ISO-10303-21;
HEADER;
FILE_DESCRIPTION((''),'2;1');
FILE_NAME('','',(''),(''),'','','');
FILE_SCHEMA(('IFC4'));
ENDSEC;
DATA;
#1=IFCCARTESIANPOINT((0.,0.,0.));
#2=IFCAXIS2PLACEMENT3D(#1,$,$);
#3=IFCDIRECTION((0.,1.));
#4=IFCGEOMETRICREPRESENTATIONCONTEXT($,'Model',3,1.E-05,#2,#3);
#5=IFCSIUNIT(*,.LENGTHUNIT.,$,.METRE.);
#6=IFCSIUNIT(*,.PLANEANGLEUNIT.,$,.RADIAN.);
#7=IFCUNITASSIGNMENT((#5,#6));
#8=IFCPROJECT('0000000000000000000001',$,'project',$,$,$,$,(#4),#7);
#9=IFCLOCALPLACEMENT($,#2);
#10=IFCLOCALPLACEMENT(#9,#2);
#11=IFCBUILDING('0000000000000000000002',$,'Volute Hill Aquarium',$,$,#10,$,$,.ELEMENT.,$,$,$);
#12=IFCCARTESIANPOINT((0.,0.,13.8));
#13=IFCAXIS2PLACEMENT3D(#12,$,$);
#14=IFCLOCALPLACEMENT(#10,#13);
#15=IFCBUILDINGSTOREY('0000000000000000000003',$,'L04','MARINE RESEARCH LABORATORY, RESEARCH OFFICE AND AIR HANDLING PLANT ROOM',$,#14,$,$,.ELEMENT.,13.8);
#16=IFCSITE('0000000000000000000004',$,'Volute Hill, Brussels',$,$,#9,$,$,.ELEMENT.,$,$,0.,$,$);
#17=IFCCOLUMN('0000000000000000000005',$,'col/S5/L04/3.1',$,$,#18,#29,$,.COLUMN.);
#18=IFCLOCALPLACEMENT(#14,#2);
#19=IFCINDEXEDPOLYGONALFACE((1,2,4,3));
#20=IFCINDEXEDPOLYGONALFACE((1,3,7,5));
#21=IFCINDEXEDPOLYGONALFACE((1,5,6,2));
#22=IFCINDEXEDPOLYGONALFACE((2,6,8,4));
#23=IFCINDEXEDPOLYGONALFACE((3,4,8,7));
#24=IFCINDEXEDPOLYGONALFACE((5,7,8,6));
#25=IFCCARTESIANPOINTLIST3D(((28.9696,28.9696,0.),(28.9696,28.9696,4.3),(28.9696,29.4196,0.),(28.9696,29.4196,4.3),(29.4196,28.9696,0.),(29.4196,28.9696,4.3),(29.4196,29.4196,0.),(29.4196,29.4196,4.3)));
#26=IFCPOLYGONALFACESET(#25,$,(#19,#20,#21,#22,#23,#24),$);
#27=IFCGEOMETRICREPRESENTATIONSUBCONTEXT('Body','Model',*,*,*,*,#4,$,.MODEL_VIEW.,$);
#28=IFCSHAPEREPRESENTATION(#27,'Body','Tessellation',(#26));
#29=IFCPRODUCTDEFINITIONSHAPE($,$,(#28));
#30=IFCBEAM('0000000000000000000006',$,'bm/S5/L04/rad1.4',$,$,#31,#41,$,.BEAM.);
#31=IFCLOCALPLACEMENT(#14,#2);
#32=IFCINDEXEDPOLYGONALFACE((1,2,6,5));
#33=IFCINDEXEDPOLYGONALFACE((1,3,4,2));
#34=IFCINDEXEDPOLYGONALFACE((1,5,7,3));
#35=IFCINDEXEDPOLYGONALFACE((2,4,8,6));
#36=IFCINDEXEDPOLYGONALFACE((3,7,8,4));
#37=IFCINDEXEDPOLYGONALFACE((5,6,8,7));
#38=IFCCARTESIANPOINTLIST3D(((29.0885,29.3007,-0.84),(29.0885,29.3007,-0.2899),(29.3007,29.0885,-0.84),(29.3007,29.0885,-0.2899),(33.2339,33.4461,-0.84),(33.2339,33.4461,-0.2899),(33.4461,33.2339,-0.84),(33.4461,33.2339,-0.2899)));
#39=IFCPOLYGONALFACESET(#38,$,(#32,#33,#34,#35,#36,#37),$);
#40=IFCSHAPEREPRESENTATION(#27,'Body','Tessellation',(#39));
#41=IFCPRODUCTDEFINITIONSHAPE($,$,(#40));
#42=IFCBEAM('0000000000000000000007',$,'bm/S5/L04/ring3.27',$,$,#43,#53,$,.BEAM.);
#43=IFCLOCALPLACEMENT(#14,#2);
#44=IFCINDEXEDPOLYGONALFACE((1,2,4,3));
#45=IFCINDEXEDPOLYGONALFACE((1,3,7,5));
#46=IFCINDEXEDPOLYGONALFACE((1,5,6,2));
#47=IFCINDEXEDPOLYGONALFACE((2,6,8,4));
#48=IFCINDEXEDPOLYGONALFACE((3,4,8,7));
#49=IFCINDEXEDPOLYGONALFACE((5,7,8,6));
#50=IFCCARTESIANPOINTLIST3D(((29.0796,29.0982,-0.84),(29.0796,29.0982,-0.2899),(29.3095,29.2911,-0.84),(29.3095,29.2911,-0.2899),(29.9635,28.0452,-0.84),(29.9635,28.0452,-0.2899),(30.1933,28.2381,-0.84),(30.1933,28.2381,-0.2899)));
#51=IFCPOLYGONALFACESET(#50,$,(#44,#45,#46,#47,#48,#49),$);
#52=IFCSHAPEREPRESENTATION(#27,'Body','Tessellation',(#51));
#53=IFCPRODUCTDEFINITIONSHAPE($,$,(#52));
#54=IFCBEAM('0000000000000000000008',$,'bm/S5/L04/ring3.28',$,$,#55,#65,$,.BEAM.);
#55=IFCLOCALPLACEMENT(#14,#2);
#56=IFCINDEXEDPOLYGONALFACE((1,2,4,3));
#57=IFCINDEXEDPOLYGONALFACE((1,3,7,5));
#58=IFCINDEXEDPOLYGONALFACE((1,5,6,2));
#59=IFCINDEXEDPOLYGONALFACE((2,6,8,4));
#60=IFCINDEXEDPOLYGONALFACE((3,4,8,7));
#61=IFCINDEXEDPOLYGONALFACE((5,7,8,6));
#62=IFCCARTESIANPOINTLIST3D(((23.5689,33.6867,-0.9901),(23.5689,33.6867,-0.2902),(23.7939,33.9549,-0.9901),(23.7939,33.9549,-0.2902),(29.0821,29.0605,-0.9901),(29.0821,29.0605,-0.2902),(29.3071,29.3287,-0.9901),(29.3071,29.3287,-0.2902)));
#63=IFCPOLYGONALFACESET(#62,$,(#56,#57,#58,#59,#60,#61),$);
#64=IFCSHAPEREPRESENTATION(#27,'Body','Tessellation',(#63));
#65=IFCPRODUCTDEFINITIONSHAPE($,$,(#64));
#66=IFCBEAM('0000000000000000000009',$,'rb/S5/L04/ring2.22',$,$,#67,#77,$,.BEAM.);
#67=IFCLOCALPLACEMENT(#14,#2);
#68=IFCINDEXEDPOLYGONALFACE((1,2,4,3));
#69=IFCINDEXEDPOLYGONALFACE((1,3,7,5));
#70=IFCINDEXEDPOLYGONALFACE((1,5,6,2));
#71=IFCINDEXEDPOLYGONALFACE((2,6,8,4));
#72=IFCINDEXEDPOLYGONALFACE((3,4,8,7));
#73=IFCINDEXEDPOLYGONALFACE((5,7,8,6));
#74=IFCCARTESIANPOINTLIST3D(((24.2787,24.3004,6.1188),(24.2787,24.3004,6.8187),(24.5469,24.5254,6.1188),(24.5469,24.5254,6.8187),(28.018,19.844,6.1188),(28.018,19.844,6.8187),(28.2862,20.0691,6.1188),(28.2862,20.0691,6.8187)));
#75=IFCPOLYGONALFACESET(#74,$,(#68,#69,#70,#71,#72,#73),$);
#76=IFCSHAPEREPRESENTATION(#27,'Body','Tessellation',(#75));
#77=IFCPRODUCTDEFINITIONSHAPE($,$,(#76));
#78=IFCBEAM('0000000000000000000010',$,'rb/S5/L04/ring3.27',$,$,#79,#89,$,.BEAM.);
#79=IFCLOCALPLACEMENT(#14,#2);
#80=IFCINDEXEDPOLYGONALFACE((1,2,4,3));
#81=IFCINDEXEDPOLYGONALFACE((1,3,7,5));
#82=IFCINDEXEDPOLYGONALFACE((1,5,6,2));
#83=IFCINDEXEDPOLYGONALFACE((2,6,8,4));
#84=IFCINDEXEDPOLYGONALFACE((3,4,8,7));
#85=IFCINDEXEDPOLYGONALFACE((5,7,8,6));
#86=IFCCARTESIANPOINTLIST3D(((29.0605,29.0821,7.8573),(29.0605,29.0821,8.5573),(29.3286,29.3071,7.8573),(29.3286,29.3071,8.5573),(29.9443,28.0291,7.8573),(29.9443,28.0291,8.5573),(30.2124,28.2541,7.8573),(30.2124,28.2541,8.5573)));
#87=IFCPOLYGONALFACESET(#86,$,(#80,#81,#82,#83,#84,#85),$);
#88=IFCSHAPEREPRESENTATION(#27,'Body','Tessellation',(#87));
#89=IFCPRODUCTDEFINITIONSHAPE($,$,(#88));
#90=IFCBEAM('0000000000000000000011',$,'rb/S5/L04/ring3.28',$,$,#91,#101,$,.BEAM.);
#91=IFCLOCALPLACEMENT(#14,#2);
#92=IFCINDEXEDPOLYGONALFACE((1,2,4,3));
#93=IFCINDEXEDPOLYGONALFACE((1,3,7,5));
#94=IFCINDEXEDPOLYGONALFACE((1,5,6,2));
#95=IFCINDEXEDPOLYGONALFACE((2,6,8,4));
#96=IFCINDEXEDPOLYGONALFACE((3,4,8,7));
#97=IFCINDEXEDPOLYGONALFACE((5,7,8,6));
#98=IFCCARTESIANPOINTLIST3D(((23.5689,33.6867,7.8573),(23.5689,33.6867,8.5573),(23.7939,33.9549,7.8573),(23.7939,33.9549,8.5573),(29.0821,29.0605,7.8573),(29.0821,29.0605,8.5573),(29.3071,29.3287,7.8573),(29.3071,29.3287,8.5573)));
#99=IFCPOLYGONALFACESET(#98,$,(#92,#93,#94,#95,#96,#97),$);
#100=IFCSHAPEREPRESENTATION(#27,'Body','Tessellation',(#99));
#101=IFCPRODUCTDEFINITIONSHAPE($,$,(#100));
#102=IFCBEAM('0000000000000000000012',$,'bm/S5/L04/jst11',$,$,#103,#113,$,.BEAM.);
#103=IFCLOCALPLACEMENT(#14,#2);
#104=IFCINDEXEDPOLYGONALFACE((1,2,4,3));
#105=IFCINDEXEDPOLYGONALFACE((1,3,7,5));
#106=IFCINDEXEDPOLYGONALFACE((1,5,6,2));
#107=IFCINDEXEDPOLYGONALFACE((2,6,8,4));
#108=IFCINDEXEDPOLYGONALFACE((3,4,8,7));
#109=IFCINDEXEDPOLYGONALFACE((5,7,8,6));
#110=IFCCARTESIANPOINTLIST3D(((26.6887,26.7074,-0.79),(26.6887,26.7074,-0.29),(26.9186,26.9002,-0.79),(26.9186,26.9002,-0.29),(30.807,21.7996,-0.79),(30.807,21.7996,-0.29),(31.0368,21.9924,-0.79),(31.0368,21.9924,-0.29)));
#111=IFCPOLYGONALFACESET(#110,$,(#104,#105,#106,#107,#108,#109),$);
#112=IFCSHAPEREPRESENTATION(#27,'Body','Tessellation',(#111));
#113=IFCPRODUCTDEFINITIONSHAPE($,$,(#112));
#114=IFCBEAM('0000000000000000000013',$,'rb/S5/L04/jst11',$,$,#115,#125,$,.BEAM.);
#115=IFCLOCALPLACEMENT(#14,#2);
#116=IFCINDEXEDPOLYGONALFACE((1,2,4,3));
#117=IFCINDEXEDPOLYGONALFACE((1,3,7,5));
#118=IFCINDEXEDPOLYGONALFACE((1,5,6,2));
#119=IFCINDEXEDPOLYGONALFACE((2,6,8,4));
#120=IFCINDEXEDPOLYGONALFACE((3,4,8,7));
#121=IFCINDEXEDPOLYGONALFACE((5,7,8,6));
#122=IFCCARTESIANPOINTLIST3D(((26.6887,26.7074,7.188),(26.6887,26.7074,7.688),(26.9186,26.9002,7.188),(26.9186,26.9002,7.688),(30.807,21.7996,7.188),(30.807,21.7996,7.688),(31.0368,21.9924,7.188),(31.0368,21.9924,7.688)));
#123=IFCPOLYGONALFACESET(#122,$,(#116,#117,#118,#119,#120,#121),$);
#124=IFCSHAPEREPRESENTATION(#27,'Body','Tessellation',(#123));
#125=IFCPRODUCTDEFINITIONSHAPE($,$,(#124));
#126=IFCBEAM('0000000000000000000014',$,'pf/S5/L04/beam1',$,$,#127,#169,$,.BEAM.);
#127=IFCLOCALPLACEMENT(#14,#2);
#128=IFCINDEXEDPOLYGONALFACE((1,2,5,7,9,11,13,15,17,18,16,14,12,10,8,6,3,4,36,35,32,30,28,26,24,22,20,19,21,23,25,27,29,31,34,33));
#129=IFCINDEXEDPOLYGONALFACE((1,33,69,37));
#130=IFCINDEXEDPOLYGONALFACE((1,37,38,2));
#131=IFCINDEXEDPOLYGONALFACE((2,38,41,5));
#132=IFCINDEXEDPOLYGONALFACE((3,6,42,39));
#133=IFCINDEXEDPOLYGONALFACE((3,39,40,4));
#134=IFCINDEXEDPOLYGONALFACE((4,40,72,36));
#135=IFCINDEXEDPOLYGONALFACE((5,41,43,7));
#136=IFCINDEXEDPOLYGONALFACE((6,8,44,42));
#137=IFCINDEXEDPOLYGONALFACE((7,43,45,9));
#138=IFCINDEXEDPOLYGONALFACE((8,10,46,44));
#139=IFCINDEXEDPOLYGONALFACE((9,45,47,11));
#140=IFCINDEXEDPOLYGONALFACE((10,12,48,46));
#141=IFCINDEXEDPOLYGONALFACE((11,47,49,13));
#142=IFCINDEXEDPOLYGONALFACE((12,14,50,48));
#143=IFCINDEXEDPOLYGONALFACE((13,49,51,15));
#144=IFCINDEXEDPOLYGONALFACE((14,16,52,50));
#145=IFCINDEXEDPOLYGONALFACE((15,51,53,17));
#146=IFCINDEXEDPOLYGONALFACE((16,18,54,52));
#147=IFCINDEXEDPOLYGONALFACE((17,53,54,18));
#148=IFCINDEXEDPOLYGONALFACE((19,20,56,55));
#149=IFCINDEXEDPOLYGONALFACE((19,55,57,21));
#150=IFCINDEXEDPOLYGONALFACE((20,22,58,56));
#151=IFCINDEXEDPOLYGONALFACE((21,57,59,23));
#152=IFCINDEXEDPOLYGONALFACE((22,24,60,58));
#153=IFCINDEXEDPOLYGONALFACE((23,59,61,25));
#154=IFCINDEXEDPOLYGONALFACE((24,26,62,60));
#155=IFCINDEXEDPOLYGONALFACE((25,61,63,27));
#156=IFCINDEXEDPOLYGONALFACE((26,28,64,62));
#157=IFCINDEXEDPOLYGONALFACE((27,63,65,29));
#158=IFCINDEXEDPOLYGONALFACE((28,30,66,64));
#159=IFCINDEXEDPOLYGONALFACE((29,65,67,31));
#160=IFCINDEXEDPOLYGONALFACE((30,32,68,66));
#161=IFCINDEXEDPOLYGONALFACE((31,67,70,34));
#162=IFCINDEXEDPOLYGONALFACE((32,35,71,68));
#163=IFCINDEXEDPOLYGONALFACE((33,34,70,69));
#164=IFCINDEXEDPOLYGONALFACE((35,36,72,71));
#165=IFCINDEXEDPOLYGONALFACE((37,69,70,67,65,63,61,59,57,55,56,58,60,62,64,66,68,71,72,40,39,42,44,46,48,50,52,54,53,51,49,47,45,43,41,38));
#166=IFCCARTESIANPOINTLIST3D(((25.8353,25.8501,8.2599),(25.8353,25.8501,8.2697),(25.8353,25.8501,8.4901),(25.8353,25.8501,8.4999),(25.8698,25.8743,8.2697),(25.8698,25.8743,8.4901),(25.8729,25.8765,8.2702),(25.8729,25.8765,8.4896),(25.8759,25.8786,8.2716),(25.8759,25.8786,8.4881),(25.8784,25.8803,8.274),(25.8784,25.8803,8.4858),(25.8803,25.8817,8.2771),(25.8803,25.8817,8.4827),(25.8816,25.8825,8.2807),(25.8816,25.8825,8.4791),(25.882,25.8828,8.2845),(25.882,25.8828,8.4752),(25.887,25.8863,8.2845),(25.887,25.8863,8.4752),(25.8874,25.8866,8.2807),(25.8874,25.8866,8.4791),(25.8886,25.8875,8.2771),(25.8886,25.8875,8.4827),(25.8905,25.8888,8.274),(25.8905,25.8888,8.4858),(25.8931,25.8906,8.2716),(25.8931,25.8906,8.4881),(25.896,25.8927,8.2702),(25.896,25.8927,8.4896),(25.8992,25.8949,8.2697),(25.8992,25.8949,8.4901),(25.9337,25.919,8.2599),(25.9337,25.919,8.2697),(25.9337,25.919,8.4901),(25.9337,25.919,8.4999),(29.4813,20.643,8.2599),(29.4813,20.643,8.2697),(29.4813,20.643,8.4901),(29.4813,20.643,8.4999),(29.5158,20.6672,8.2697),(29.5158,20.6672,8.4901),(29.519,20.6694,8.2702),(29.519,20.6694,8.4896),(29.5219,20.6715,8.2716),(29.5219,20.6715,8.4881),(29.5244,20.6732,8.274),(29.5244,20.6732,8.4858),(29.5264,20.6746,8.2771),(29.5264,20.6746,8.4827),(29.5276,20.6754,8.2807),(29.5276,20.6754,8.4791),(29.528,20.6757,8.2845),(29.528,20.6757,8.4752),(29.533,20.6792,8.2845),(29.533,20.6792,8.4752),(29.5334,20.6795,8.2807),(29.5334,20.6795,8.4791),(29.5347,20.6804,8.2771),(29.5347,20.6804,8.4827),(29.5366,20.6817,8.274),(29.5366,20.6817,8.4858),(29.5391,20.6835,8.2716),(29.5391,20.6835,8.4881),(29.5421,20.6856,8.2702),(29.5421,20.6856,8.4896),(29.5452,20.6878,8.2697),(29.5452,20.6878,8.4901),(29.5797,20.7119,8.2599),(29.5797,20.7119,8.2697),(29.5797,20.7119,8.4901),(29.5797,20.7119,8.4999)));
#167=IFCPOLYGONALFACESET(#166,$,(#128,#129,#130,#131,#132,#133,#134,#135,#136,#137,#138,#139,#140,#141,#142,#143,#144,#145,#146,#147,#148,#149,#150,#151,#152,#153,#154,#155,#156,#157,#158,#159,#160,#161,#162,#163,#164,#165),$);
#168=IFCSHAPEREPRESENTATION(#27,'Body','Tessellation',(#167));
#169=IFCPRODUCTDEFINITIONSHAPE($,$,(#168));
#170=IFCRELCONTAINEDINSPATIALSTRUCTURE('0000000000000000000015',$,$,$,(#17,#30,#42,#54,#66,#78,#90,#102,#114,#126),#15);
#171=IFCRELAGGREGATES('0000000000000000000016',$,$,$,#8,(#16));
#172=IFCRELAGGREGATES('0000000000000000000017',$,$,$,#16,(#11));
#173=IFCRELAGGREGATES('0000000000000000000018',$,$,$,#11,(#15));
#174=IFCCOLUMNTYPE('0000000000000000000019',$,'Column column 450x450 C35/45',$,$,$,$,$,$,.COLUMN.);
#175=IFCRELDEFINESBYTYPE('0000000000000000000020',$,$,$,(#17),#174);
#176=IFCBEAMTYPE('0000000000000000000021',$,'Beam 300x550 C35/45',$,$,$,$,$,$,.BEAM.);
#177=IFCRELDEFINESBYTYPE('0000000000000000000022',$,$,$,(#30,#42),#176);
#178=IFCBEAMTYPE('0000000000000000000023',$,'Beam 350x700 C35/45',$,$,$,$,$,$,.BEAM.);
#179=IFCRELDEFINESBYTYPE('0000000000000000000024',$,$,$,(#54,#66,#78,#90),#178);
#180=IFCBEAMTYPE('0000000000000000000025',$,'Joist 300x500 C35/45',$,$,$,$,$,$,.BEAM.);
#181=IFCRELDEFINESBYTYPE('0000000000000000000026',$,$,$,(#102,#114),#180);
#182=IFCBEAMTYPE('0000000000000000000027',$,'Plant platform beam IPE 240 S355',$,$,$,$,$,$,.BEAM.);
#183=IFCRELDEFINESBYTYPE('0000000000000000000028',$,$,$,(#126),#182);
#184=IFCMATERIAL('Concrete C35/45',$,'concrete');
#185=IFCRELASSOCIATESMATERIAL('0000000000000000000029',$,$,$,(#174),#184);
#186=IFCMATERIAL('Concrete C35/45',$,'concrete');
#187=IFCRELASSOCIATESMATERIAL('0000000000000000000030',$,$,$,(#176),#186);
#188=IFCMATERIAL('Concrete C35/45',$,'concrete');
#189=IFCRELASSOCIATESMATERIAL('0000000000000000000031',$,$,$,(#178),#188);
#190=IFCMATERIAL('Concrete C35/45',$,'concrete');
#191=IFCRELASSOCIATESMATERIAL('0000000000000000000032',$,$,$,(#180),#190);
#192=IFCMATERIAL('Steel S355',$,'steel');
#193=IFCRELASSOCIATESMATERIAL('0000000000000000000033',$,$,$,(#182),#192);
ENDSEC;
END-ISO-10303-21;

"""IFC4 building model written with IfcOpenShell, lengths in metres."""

from ifc_helpers import new_model, si_unit, direction, frame, origin, origin_2d, place, context, subcontext, project, spatial, rectangle, i_section, extrude, material, material_profile, profile_set, type_object, element, save


model = new_model("IFC4")

# Units and contexts
model_context = context("Model", 3, precision=1e-05, world=origin(), true_north=direction((0.0, 1.0)))
body_context = subcontext(model_context, "Body", "Model", "MODEL_VIEW")
ifc_project = project(units=[si_unit("LENGTHUNIT", "METRE"), si_unit("PLANEANGLEUNIT", "RADIAN")], contexts=[model_context])

# Site, building, storey
site_placement = place(None, origin())
site = spatial("IfcSite", under=ifc_project, at=site_placement, Name="Volute Hill, Brussels", CompositionType="ELEMENT", RefElevation=0.0)
building_placement = place(site_placement, origin())
building = spatial("IfcBuilding", under=site, at=building_placement, Name="Volute Hill Aquarium", CompositionType="ELEMENT")
storey_placement = place(building_placement, frame((0.0, 0.0, 13.8)))
storey = spatial("IfcBuildingStorey", under=building, at=storey_placement, Name="L04", Description="MARINE RESEARCH LABORATORY, RESEARCH OFFICE AND AIR HANDLING PLANT ROOM", CompositionType="ELEMENT", Elevation=13.8)

# Column
ifc_material_1 = material(Name="Concrete C35/45", Category="concrete")
ifc_material_profile_1 = material_profile(ifc_material_1, rectangle(XDim=0.45, YDim=0.45, at=origin_2d()), Name="RC column 450x450")
ifc_profile_set_1 = profile_set([ifc_material_profile_1], Name="Concrete C35/45")
column_type = type_object("IfcColumnType", Name="Column column 450x450 C35/45", PredefinedType="COLUMN", material=ifc_profile_set_1)
column_placement = place(storey_placement, frame((29.1946, 29.1946, 0.0), z_axis=(0.0, 0.0, 1.0), x_axis=(1.0, 0.0, 0.0)))
element("IfcColumn", 1, at=column_placement, inside=storey, type_object=column_type, Name="col/S5/L04/3.1", PredefinedType="COLUMN", context=body_context, shape_type="SweptSolid", body=[
    extrude(rectangle(XDim=0.45, YDim=0.45, at=origin_2d()), origin(), (0.0, 0.0, 1.0), 4.3),
])

# Beams
ifc_material_2 = material(Name="Concrete C35/45", Category="concrete")
ifc_material_profile_2 = material_profile(ifc_material_2, rectangle(XDim=0.3, YDim=0.55, at=origin_2d()), Name="RC beam 300x550")
ifc_profile_set_2 = profile_set([ifc_material_profile_2], Name="Concrete C35/45")
beam_type_1 = type_object("IfcBeamType", Name="Beam 300x550 C35/45", PredefinedType="BEAM", material=ifc_profile_set_2)
beam_1_placement = place(storey_placement, frame((29.1946, 29.1946, -0.5649), z_axis=(0.707107, 0.707107, 0.0), x_axis=(-0.707107, 0.707107, 0.0)))
element("IfcBeam", 2, at=beam_1_placement, inside=storey, type_object=beam_type_1, Name="bm/S5/L04/rad1.4", PredefinedType="BEAM", context=body_context, shape_type="SweptSolid", body=[
    extrude(rectangle(XDim=0.3, YDim=0.55, at=origin_2d()), origin(), (0.0, 0.0, 1.0), 5.8625),
])
beam_2_placement = place(storey_placement, frame((30.0784, 28.1416, -0.5649), z_axis=(-0.642888, 0.76596, 0.0), x_axis=(-0.76596, -0.642888, 0.0)))
element("IfcBeam", 3, at=beam_2_placement, inside=storey, type_object=beam_type_1, Name="bm/S5/L04/ring3.27", PredefinedType="BEAM", context=body_context, shape_type="SweptSolid", body=[
    extrude(rectangle(XDim=0.3, YDim=0.55, at=origin_2d()), origin(), (0.0, 0.0, 1.0), 1.3748),
])
ifc_material_3 = material(Name="Concrete C35/45", Category="concrete")
ifc_material_profile_3 = material_profile(ifc_material_3, rectangle(XDim=0.3501, YDim=0.7, at=origin_2d()), Name="RC beam 350x700")
ifc_profile_set_3 = profile_set([ifc_material_profile_3], Name="Concrete C35/45")
beam_type_2 = type_object("IfcBeamType", Name="Beam 350x700 C35/45", PredefinedType="BEAM", material=ifc_profile_set_3)
beam_3_placement = place(storey_placement, frame((29.1946, 29.1946, -0.6401), z_axis=(-0.766037, 0.642797, 0.0), x_axis=(-0.642797, -0.766037, 0.0)))
element("IfcBeam", 4, at=beam_3_placement, inside=storey, type_object=beam_type_2, Name="bm/S5/L04/ring3.28", PredefinedType="BEAM", context=body_context, shape_type="SweptSolid", body=[
    extrude(rectangle(XDim=0.3501, YDim=0.7, at=origin_2d()), origin(), (0.0, 0.0, 1.0), 7.197),
])
beam_4_placement = place(storey_placement, frame((28.1521, 19.9565, 6.4688), z_axis=(-0.642786, 0.766046, 0.0), x_axis=(-0.766046, -0.642786, 0.0)))
element("IfcBeam", 5, at=beam_4_placement, inside=storey, type_object=beam_type_2, Name="rb/S5/L04/ring2.22", PredefinedType="BEAM", context=body_context, shape_type="SweptSolid", body=[
    extrude(rectangle(XDim=0.3501, YDim=0.7, at=origin_2d()), origin(), (0.0, 0.0, 1.0), 5.8174),
])
beam_5_placement = place(storey_placement, frame((30.0784, 28.1416, 8.2073), z_axis=(-0.642888, 0.76596, 0.0), x_axis=(-0.76596, -0.642888, 0.0)))
element("IfcBeam", 6, at=beam_5_placement, inside=storey, type_object=beam_type_2, Name="rb/S5/L04/ring3.27", PredefinedType="BEAM", context=body_context, shape_type="SweptSolid", body=[
    extrude(rectangle(XDim=0.3501, YDim=0.7, at=origin_2d()), origin(), (0.0, 0.0, 1.0), 1.3748),
])
beam_6_placement = place(storey_placement, frame((29.1946, 29.1946, 8.2073), z_axis=(-0.766037, 0.642797, 0.0), x_axis=(-0.642797, -0.766037, 0.0)))
element("IfcBeam", 7, at=beam_6_placement, inside=storey, type_object=beam_type_2, Name="rb/S5/L04/ring3.28", PredefinedType="BEAM", context=body_context, shape_type="SweptSolid", body=[
    extrude(rectangle(XDim=0.3501, YDim=0.7, at=origin_2d()), origin(), (0.0, 0.0, 1.0), 7.197),
])
ifc_material_4 = material(Name="Concrete C35/45", Category="concrete")
ifc_material_profile_4 = material_profile(ifc_material_4, rectangle(XDim=0.3, YDim=0.5, at=origin_2d()), Name="RC joist 300x500")
ifc_profile_set_4 = profile_set([ifc_material_profile_4], Name="Concrete C35/45")
beam_type_3 = type_object("IfcBeamType", Name="Joist 300x500 C35/45", PredefinedType="BEAM", material=ifc_profile_set_4)
for number, where, z_axis, x_axis, name in (
    (8, (30.9219, 21.896, -0.54), (-0.642797, 0.766037, 0.0), (-0.766037, -0.642797, 0.0), "bm/S5/L04/jst11"),
    (9, (30.9219, 21.896, 7.438), (-0.642797, 0.766037, 0.0), (-0.766037, -0.642797, 0.0), "rb/S5/L04/jst11"),
):
    element("IfcBeam", number, at=place(storey_placement, frame(where, z_axis=z_axis, x_axis=x_axis)), inside=storey, type_object=beam_type_3, Name=name, PredefinedType="BEAM", context=body_context, shape_type="SweptSolid", body=[
        extrude(rectangle(XDim=0.3, YDim=0.5, at=origin_2d()), origin(), (0.0, 0.0, 1.0), 6.4067),
    ])
ifc_material_5 = material(Name="Steel S355", Category="steel")
ifc_material_profile_5 = material_profile(ifc_material_5, i_section(OverallWidth=0.1201, OverallDepth=0.24, WebThickness=0.0061, FlangeThickness=0.0098, FilletRadius=0.0149, at=origin_2d()), Name="IPE 240")
ifc_profile_set_5 = profile_set([ifc_material_profile_5], Name="Steel S355")
beam_type_4 = type_object("IfcBeamType", Name="Plant platform beam IPE 240 S355", PredefinedType="BEAM", material=ifc_profile_set_5)
beam_7_placement = place(storey_placement, frame((29.5305, 20.6775, 8.3799), z_axis=(-0.573576, 0.819153, 0.0), x_axis=(-0.819153, -0.573576, 0.0)))
element("IfcBeam", 10, at=beam_7_placement, inside=storey, type_object=beam_type_4, Name="pf/S5/L04/beam1", PredefinedType="BEAM", context=body_context, shape_type="SweptSolid", body=[
    extrude(i_section(OverallWidth=0.1201, OverallDepth=0.24, WebThickness=0.0061, FlangeThickness=0.0098, FilletRadius=0.0149, at=origin_2d()), origin(), (0.0, 0.0, 1.0), 6.3567),
])

save(model, "model.ifc")
